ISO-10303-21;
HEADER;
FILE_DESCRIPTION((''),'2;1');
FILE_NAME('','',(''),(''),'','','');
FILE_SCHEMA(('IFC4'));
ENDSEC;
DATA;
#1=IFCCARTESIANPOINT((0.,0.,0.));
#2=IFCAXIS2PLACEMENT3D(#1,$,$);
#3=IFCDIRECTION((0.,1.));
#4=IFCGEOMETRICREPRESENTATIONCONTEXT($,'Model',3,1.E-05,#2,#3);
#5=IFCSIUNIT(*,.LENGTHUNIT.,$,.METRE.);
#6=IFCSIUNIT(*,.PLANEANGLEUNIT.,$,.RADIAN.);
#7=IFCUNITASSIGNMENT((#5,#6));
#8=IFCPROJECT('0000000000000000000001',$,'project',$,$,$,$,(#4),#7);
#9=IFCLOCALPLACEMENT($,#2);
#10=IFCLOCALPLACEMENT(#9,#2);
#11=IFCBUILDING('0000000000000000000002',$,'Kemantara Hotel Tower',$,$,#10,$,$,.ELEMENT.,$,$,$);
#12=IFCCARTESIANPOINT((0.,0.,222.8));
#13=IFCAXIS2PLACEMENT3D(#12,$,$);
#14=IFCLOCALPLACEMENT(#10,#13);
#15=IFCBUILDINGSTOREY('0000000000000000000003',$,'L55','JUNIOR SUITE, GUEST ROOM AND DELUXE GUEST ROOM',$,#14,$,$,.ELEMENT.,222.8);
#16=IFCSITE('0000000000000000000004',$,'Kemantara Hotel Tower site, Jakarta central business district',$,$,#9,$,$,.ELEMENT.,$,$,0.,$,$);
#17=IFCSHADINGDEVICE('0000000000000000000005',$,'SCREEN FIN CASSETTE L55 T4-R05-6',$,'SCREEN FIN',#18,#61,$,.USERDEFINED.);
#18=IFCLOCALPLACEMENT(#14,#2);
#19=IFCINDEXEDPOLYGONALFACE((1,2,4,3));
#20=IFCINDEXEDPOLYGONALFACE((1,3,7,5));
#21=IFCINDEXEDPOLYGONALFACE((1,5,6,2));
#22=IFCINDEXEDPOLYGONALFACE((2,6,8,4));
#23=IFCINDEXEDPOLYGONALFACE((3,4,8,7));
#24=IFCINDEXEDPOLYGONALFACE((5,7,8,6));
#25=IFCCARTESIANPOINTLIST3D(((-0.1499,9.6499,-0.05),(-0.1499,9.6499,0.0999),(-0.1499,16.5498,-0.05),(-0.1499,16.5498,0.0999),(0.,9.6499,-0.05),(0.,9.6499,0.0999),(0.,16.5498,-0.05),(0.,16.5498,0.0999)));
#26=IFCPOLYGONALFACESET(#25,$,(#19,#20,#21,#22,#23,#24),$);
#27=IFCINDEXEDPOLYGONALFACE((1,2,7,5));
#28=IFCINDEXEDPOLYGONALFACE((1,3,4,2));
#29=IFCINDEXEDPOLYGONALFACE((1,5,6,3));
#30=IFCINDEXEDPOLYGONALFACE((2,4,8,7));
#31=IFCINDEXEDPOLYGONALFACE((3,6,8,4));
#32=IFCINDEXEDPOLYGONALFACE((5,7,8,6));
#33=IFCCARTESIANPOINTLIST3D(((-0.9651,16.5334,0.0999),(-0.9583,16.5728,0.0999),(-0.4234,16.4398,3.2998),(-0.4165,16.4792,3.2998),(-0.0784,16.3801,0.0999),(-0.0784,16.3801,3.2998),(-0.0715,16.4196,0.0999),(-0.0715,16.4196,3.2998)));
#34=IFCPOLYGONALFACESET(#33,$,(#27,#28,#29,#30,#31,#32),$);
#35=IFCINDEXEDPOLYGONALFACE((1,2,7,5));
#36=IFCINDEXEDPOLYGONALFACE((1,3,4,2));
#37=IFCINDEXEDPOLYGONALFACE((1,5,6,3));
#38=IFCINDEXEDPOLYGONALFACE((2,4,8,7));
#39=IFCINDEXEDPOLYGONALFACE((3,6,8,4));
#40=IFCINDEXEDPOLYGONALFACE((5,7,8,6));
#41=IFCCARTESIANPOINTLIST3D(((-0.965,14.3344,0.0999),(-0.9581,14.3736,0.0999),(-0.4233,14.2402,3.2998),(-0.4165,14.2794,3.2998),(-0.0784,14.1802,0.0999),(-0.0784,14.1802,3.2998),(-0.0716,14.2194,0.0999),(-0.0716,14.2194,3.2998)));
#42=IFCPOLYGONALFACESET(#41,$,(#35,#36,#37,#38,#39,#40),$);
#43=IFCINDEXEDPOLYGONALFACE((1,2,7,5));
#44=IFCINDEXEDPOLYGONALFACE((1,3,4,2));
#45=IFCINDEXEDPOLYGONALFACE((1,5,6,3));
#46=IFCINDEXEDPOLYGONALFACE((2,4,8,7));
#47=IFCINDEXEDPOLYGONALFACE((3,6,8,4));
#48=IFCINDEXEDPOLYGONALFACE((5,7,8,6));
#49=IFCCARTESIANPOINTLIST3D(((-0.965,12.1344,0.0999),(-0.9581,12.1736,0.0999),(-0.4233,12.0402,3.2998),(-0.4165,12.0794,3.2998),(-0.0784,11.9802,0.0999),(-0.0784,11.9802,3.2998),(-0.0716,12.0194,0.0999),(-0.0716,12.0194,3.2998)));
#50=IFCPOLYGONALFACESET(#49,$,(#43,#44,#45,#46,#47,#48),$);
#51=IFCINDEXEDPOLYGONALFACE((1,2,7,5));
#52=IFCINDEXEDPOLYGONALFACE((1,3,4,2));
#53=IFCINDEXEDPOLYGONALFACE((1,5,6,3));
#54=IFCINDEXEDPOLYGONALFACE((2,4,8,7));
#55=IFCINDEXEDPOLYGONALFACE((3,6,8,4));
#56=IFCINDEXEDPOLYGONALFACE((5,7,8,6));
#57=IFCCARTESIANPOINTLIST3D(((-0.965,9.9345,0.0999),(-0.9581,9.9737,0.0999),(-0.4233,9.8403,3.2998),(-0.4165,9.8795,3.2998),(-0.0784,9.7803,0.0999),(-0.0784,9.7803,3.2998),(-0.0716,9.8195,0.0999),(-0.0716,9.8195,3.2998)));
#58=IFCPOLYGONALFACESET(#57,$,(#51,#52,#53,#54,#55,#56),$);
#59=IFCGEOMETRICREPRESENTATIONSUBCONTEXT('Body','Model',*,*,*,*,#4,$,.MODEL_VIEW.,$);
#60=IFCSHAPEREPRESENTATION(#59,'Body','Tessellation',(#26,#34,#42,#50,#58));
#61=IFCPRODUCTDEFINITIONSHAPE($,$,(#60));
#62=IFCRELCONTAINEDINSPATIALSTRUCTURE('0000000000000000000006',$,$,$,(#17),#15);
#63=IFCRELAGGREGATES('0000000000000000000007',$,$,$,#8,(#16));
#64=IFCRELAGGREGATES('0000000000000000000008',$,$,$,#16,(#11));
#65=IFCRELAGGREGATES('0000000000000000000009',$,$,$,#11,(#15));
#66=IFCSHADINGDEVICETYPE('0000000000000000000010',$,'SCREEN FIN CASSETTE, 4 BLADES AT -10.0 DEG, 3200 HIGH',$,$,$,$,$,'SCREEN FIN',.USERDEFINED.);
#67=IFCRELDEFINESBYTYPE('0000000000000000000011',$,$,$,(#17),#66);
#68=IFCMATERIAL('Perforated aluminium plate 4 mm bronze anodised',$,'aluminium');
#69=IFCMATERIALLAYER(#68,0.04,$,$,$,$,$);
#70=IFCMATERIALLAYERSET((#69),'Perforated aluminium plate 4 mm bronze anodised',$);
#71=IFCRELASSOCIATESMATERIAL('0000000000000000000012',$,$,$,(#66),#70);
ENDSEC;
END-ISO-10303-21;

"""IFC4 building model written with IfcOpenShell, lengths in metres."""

from ifc_helpers import new_model, si_unit, direction, frame, origin, origin_2d, place, context, subcontext, project, spatial, polyline, rectangle, outline, extrude, source, transform, mapped, material, layer, layer_set, type_object, element, save


model = new_model("IFC4")

# Units and contexts
model_context = context("Model", 3, precision=1e-05, world=origin(), true_north=direction((0.0, 1.0)))
body_context = subcontext(model_context, "Body", "Model", "MODEL_VIEW")
ifc_project = project(units=[si_unit("LENGTHUNIT", "METRE"), si_unit("PLANEANGLEUNIT", "RADIAN")], contexts=[model_context])

# Site, building, storey
site_placement = place(None, origin())
site = spatial("IfcSite", under=ifc_project, at=site_placement, Name="Kemantara Hotel Tower site, Jakarta central business district", CompositionType="ELEMENT", RefElevation=0.0)
building_placement = place(site_placement, origin())
building = spatial("IfcBuilding", under=site, at=building_placement, Name="Kemantara Hotel Tower", CompositionType="ELEMENT")
storey_placement = place(building_placement, frame((0.0, 0.0, 222.8)))
storey = spatial("IfcBuildingStorey", under=building, at=storey_placement, Name="L55", Description="JUNIOR SUITE, GUEST ROOM AND DELUXE GUEST ROOM", CompositionType="ELEMENT", Elevation=222.8)

# Shading device
ifc_material_1 = material(Name="Perforated aluminium plate 4 mm bronze anodised", Category="aluminium")
ifc_layer_1 = layer(ifc_material_1, 0.04)
ifc_layer_set_1 = layer_set([ifc_layer_1], Name="Perforated aluminium plate 4 mm bronze anodised")
shading_device_type = type_object("IfcShadingDeviceType", Name="SCREEN FIN CASSETTE, 4 BLADES AT -10.0 DEG, 3200 HIGH", ElementType="SCREEN FIN", PredefinedType="USERDEFINED", material=ifc_layer_set_1)
shared_shape = source(origin(), body_context, "Body", "SweptSolid", [
    extrude(rectangle(XDim=6.8999, YDim=0.1499, at=origin_2d()), frame((3.3, -0.075, -0.1499), z_axis=(0.0, 0.0, 1.0), x_axis=(1.0, 0.0, 0.0)), (0.0, 0.0, 1.0), 0.1499),
    extrude(outline(polyline([(0.0, 0.0), (0.8999, 0.0), (0.3501, 3.2), (0.0, 3.2), (0.0, 0.0)])), frame((0.0198, -0.0784, 0.0), z_axis=(-0.98539, 0.170314, 0.0), x_axis=(-0.170314, -0.98539, 0.0)), (0.0, 0.0, 1.0), 0.04),
    extrude(outline(polyline([(0.0, 0.0), (0.8999, 0.0), (0.3501, 3.2), (0.0, 3.2), (0.0, 0.0)])), frame((2.2197, -0.0784, 0.0), z_axis=(-0.985212, 0.171341, 0.0), x_axis=(-0.171341, -0.985212, 0.0)), (0.0, 0.0, 1.0), 0.0398),
    extrude(outline(polyline([(0.0, 0.0), (0.8999, 0.0), (0.3501, 3.2), (0.0, 3.2), (0.0, 0.0)])), frame((4.4197, -0.0784, 0.0), z_axis=(-0.985212, 0.171341, 0.0), x_axis=(-0.171341, -0.985212, 0.0)), (0.0, 0.0, 1.0), 0.0398),
    extrude(outline(polyline([(0.0, 0.0), (0.8999, 0.0), (0.3501, 3.2), (0.0, 3.2), (0.0, 0.0)])), frame((6.6196, -0.0784, 0.0), z_axis=(-0.985212, 0.171341, 0.0), x_axis=(-0.171341, -0.985212, 0.0)), (0.0, 0.0, 1.0), 0.0398),
])
shading_device_placement = place(storey_placement, frame((0.0, 16.3999, 0.0999), z_axis=(0.0, 0.0, 1.0), x_axis=(0.0, -1.0, 0.0)))
element("IfcShadingDevice", 1, at=shading_device_placement, inside=storey, type_object=shading_device_type, Name="SCREEN FIN CASSETTE L55 T4-R05-6", ObjectType="SCREEN FIN", PredefinedType="USERDEFINED", context=body_context, shape_type="MappedRepresentation", body=[
    mapped(shared_shape, transform((0.0, 0.0, 0.0))),
])

save(model, "model.ifc")
